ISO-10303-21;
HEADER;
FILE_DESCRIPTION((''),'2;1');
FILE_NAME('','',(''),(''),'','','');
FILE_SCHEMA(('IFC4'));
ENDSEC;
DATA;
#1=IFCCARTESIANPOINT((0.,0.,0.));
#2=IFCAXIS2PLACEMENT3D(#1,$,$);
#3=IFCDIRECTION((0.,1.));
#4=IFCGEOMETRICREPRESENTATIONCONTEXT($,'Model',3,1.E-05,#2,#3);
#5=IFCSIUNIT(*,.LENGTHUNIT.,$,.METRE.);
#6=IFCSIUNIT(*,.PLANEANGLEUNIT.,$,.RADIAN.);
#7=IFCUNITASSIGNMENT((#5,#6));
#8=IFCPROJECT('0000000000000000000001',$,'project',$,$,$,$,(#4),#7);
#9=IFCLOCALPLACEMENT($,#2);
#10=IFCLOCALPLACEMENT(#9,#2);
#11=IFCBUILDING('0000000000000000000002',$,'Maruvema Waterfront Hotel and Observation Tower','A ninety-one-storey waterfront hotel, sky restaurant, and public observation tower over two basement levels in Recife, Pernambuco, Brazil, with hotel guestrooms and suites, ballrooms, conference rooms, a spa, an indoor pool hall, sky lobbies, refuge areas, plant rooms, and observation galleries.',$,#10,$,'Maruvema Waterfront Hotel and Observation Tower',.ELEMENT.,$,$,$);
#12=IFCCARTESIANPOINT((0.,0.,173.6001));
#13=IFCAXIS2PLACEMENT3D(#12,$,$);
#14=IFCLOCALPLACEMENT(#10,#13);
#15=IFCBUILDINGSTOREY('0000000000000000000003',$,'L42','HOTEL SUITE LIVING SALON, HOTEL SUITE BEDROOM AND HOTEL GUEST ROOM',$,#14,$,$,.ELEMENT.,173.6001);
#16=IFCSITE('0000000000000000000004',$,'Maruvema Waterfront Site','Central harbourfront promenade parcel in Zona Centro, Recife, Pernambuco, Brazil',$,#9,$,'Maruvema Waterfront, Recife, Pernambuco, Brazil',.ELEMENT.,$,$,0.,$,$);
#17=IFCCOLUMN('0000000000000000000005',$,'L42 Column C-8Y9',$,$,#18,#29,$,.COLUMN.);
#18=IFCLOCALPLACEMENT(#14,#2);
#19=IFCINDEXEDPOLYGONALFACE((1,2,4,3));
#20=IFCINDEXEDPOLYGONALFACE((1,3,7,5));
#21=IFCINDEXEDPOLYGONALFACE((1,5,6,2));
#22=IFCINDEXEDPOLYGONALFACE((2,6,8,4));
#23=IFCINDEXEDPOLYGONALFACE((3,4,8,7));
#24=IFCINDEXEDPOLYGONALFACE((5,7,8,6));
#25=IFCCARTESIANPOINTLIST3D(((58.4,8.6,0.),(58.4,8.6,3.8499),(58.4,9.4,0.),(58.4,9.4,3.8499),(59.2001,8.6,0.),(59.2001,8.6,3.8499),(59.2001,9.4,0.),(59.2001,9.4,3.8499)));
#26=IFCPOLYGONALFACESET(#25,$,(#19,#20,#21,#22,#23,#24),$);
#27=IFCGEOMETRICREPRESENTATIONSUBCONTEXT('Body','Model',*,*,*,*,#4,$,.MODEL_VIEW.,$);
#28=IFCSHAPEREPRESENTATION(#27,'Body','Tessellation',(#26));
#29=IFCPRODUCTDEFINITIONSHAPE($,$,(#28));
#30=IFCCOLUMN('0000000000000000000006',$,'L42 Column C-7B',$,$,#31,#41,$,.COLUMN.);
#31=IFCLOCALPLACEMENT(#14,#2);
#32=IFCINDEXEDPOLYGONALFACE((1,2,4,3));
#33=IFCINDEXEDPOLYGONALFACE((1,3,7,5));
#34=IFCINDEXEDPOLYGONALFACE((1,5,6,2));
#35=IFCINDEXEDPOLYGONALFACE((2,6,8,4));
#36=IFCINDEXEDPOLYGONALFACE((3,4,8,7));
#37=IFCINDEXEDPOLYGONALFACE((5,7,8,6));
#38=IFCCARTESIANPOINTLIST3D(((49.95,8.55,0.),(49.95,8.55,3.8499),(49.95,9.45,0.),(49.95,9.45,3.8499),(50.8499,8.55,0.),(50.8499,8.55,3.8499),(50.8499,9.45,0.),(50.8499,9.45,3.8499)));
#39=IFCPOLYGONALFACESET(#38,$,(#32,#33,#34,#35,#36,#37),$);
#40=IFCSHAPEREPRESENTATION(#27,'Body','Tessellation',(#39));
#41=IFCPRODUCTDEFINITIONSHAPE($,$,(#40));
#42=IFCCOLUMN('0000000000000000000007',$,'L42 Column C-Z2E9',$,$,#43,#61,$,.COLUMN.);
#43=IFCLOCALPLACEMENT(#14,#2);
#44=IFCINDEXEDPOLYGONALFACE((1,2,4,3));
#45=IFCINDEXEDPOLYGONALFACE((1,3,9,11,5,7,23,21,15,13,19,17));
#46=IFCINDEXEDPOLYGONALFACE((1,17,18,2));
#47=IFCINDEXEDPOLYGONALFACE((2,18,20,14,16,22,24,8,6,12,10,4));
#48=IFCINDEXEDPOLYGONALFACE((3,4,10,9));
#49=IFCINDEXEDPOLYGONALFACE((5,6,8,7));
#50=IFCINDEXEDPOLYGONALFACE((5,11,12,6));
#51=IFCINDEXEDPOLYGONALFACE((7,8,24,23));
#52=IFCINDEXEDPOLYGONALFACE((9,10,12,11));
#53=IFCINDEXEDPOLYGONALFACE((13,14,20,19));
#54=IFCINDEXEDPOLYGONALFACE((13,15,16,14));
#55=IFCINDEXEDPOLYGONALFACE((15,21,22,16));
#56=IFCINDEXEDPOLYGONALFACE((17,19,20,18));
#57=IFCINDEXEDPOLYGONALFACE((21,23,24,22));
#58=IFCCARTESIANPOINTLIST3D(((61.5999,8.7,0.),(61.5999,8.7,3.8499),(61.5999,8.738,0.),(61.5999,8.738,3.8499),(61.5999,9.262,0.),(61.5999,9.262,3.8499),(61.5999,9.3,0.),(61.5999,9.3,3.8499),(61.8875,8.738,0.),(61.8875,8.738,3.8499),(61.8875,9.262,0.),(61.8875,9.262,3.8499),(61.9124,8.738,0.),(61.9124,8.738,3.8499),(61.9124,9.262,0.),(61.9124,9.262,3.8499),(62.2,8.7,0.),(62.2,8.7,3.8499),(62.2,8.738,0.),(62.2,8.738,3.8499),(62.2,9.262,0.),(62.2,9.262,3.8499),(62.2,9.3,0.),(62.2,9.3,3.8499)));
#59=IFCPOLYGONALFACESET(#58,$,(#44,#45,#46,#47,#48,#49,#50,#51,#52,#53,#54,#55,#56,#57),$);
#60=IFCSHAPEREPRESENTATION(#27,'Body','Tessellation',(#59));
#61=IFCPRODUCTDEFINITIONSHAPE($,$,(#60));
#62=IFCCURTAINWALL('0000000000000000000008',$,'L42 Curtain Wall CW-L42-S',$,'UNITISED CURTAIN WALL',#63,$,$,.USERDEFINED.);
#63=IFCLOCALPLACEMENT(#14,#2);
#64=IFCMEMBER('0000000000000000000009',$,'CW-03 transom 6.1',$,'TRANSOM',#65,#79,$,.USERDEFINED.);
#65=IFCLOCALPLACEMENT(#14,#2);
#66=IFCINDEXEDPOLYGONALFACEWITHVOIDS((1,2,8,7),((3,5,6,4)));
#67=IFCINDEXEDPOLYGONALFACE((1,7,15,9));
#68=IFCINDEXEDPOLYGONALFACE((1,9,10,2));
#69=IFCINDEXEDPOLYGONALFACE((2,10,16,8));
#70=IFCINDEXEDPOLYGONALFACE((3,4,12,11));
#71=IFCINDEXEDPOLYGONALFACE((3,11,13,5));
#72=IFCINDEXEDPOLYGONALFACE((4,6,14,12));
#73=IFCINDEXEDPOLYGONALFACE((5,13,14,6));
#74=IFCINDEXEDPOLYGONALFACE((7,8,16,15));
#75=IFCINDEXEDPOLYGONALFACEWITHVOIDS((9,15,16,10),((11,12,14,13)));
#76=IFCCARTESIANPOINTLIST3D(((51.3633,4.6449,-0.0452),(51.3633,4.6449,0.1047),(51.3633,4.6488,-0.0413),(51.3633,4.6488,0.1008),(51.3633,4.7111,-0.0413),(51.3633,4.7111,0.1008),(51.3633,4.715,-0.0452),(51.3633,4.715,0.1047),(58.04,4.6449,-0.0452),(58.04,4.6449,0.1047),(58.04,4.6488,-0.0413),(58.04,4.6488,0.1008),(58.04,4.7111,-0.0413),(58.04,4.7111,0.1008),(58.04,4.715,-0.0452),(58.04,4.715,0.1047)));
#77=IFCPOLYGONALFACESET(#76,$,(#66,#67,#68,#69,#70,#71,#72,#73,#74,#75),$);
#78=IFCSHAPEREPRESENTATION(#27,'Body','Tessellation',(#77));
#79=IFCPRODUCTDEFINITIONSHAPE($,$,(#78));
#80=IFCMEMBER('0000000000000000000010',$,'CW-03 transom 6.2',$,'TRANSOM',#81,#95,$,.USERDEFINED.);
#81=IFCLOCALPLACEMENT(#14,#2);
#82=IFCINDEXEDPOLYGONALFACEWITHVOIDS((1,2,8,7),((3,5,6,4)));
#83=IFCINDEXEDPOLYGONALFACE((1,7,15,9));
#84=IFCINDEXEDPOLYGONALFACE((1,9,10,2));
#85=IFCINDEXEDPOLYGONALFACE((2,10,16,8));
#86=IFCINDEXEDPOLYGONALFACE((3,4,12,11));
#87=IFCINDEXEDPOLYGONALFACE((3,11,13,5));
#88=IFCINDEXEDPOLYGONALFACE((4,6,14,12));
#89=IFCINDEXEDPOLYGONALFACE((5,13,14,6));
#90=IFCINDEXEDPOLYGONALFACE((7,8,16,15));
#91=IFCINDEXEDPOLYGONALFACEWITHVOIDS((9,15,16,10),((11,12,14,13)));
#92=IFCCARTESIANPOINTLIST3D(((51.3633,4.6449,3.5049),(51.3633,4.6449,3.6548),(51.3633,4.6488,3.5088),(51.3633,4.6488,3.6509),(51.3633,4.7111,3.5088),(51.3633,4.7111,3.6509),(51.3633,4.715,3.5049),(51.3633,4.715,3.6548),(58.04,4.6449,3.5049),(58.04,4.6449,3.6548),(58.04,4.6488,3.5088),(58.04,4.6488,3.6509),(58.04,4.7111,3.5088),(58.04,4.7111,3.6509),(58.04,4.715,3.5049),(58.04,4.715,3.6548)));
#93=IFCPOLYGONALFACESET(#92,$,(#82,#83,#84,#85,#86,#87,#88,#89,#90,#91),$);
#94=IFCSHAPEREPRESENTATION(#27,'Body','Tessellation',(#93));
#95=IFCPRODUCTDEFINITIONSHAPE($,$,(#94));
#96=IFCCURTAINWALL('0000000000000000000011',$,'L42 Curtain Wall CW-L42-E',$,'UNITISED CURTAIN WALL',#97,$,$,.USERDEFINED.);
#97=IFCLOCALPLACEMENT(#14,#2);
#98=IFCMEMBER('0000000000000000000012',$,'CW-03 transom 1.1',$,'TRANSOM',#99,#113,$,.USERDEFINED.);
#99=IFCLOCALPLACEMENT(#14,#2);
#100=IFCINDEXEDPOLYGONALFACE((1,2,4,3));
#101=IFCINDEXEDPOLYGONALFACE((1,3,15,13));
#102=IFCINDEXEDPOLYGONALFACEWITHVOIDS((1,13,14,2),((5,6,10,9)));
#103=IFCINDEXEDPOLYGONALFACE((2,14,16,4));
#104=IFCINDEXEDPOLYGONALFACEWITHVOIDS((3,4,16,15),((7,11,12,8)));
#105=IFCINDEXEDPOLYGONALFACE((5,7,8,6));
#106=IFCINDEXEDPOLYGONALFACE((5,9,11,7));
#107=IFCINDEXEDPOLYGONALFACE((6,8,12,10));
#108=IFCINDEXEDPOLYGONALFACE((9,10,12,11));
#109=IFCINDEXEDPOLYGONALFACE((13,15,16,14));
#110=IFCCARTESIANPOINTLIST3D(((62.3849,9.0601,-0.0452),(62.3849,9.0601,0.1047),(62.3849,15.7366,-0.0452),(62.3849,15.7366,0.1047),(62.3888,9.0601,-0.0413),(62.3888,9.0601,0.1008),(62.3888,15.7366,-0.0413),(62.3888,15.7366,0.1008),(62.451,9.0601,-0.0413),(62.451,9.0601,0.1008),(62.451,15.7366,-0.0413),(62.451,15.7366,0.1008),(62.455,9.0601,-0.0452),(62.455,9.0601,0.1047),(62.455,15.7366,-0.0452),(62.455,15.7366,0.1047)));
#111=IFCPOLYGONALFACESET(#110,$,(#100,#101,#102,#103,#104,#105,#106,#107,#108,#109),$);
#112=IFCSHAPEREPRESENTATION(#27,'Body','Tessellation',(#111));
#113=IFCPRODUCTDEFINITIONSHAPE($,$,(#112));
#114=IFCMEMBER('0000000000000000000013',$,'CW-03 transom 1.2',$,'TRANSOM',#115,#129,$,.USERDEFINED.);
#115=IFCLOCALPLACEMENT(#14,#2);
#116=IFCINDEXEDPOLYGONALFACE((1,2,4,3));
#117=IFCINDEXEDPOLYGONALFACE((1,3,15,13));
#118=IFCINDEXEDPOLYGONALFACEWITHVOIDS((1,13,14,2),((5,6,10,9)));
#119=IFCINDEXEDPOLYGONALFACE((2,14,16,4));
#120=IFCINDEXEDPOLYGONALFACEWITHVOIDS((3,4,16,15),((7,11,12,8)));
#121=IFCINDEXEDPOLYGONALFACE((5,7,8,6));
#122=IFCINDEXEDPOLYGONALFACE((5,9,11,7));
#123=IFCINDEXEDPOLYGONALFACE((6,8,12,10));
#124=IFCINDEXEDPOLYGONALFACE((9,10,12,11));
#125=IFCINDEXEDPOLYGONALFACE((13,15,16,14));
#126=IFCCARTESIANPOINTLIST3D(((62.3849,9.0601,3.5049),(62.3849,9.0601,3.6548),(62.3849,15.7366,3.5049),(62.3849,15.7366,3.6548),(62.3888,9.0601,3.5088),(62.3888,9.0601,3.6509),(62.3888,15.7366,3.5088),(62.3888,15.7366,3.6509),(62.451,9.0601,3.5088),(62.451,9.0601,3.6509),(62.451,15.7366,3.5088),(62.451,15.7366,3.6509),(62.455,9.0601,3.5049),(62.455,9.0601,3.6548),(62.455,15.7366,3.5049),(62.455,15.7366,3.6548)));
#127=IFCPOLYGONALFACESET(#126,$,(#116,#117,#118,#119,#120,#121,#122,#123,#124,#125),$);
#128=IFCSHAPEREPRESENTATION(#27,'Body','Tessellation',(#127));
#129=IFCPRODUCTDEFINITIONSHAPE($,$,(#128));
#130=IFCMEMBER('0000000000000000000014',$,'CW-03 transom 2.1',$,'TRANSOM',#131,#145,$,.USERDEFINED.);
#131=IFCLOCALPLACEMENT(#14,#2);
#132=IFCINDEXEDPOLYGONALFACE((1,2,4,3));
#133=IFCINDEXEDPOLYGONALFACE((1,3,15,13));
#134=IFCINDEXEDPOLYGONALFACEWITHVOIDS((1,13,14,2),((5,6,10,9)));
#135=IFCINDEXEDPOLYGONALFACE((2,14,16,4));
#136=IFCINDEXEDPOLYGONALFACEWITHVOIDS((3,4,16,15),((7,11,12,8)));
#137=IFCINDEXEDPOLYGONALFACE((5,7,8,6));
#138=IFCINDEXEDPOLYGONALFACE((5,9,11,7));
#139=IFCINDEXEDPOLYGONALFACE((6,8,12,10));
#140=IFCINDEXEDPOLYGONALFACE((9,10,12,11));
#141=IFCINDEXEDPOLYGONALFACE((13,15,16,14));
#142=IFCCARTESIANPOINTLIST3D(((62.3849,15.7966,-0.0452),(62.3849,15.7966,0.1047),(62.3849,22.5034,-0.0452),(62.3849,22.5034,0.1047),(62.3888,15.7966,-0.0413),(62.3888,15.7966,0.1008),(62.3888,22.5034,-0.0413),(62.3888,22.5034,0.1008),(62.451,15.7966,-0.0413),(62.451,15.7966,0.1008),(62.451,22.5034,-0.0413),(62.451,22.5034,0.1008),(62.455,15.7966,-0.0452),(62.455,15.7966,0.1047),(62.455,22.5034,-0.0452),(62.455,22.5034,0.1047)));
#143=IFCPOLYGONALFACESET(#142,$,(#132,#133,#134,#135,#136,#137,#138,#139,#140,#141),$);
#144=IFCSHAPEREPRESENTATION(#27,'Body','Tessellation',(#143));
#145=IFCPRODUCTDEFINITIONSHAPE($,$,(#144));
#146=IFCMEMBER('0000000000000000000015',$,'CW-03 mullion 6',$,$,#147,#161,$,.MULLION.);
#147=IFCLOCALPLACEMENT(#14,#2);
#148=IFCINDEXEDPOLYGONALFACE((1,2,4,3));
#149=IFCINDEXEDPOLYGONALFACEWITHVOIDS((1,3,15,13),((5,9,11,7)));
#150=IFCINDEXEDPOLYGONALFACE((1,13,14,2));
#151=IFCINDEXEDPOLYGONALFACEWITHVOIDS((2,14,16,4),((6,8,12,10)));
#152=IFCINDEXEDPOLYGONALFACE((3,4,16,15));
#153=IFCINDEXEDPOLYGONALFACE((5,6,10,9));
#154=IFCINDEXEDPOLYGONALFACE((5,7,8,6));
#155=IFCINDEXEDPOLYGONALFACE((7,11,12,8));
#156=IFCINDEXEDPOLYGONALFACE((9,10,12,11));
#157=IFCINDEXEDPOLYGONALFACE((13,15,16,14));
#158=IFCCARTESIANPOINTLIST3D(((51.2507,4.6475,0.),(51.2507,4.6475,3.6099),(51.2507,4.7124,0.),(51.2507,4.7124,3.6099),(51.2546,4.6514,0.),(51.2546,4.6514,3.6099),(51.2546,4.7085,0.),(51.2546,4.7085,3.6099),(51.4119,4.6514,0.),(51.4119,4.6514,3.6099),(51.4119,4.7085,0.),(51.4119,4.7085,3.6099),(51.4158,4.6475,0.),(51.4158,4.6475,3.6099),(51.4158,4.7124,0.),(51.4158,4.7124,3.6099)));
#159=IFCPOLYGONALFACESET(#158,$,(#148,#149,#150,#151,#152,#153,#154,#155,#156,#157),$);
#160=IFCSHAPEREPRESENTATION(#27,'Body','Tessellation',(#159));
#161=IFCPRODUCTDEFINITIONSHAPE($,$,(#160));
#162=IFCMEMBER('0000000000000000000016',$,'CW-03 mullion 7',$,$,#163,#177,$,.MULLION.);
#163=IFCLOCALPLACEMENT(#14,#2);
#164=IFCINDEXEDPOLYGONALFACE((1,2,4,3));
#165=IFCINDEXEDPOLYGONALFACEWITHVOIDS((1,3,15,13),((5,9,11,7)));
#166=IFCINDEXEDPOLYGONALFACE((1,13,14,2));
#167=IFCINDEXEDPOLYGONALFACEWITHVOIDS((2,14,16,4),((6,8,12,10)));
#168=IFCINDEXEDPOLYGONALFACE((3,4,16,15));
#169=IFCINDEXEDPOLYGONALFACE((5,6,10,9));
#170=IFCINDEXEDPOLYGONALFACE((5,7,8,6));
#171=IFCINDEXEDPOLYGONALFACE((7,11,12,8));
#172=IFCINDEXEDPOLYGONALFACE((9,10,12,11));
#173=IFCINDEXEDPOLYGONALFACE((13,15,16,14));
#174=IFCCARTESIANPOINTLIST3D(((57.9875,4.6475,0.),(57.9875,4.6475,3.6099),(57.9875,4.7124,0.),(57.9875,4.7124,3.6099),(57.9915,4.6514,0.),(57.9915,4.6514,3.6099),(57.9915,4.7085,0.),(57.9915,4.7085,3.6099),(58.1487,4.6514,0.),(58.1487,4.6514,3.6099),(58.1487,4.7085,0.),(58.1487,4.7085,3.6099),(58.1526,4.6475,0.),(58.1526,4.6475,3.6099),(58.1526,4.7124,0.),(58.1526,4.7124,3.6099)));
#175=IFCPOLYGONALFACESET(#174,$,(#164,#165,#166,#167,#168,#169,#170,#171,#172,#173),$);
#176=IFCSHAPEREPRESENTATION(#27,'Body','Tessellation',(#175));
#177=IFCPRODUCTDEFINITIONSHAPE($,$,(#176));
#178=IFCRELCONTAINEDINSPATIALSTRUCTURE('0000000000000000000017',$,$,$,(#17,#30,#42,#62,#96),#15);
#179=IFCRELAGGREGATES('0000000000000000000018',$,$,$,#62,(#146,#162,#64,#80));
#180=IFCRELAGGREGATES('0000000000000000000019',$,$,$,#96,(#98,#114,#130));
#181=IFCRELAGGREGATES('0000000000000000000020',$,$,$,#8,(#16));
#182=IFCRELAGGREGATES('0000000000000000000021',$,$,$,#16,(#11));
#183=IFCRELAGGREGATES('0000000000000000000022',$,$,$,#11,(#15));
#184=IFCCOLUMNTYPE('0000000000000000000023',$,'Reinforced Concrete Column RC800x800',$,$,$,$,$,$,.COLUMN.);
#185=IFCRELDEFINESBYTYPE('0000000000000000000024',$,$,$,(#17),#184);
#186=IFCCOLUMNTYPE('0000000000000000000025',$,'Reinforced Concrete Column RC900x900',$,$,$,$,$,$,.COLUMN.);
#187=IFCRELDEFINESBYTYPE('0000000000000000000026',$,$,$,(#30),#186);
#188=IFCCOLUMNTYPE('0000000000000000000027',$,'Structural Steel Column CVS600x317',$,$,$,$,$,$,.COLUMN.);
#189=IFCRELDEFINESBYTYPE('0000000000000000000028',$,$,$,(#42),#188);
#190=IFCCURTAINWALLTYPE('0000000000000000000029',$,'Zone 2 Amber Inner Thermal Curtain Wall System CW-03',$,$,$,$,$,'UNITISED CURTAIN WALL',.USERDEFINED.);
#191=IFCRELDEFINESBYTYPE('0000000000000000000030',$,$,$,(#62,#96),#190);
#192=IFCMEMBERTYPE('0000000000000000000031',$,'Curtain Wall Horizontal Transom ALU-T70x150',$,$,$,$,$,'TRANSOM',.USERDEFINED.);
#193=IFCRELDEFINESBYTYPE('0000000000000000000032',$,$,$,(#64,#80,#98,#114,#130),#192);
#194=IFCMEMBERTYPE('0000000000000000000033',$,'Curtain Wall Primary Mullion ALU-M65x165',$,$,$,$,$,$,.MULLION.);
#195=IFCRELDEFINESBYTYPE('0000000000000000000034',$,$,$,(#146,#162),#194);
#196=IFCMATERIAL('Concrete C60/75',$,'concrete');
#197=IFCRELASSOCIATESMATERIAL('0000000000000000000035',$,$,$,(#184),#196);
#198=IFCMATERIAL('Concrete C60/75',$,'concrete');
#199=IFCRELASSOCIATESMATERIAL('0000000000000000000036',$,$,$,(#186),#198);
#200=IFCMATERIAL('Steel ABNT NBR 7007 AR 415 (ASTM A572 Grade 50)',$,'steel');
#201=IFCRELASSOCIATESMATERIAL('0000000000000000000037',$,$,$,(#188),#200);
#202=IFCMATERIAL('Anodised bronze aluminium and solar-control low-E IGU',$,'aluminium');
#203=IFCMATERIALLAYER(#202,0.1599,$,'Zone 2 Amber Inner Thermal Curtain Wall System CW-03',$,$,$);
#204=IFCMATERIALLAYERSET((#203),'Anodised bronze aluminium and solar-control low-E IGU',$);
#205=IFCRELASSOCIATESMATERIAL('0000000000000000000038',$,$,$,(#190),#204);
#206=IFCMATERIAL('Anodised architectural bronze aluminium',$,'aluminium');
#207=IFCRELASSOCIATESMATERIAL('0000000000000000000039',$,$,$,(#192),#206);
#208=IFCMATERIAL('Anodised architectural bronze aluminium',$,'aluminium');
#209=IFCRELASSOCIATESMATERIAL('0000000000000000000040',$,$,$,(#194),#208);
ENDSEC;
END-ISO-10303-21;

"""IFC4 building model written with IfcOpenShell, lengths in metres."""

from ifc_helpers import new_model, si_unit, direction, frame, origin, origin_2d, place, context, subcontext, project, spatial, rectangle, hollow_rectangle, i_section, extrude, material, layer, layer_set, material_profile, profile_set, type_object, element, aggregate, save


model = new_model("IFC4")

# Units and contexts
model_context = context("Model", 3, precision=1e-05, world=origin(), true_north=direction((0.0, 1.0)))
body_context = subcontext(model_context, "Body", "Model", "MODEL_VIEW")
ifc_project = project(units=[si_unit("LENGTHUNIT", "METRE"), si_unit("PLANEANGLEUNIT", "RADIAN")], contexts=[model_context])

# Site, building, storey
site_placement = place(None, origin())
site = spatial("IfcSite", under=ifc_project, at=site_placement, Name="Maruvema Waterfront Site", Description="Central harbourfront promenade parcel in Zona Centro, Recife, Pernambuco, Brazil", LongName="Maruvema Waterfront, Recife, Pernambuco, Brazil", CompositionType="ELEMENT", RefElevation=0.0)
building_placement = place(site_placement, origin())
building = spatial("IfcBuilding", under=site, at=building_placement, Name="Maruvema Waterfront Hotel and Observation Tower", Description="A ninety-one-storey waterfront hotel, sky restaurant, and public observation tower over two basement levels in Recife, Pernambuco, Brazil, with hotel guestrooms and suites, ballrooms, conference rooms, a spa, an indoor pool hall, sky lobbies, refuge areas, plant rooms, and observation galleries.", LongName="Maruvema Waterfront Hotel and Observation Tower", CompositionType="ELEMENT")
storey_placement = place(building_placement, frame((0.0, 0.0, 173.6001)))
storey = spatial("IfcBuildingStorey", under=building, at=storey_placement, Name="L42", Description="HOTEL SUITE LIVING SALON, HOTEL SUITE BEDROOM AND HOTEL GUEST ROOM", CompositionType="ELEMENT", Elevation=173.6001)

# Columns
ifc_material_1 = material(Name="Concrete C60/75", Category="concrete")
ifc_material_profile_1 = material_profile(ifc_material_1, rectangle(XDim=0.8, YDim=0.8, at=origin_2d()), Name="RC800x800")
ifc_profile_set_1 = profile_set([ifc_material_profile_1], Name="Concrete C60/75")
column_type_1 = type_object("IfcColumnType", Name="Reinforced Concrete Column RC800x800", PredefinedType="COLUMN", material=ifc_profile_set_1)
column_1_placement = place(storey_placement, frame((58.8, 9.0, 0.0), z_axis=(0.0, 0.0, 1.0), x_axis=(1.0, 0.0, 0.0)))
element("IfcColumn", 1, at=column_1_placement, inside=storey, type_object=column_type_1, Name="L42 Column C-8Y9", PredefinedType="COLUMN", context=body_context, shape_type="SweptSolid", body=[
    extrude(rectangle(XDim=0.8, YDim=0.8, at=origin_2d()), origin(), (0.0, 0.0, 1.0), 3.8499),
])
ifc_material_2 = material(Name="Concrete C60/75", Category="concrete")
ifc_material_profile_2 = material_profile(ifc_material_2, rectangle(XDim=0.8999, YDim=0.8999, at=origin_2d()), Name="RC900x900")
ifc_profile_set_2 = profile_set([ifc_material_profile_2], Name="Concrete C60/75")
column_type_2 = type_object("IfcColumnType", Name="Reinforced Concrete Column RC900x900", PredefinedType="COLUMN", material=ifc_profile_set_2)
column_2_placement = place(storey_placement, frame((50.3999, 9.0, 0.0), z_axis=(0.0, 0.0, 1.0), x_axis=(1.0, 0.0, 0.0)))
element("IfcColumn", 2, at=column_2_placement, inside=storey, type_object=column_type_2, Name="L42 Column C-7B", PredefinedType="COLUMN", context=body_context, shape_type="SweptSolid", body=[
    extrude(rectangle(XDim=0.8999, YDim=0.8999, at=origin_2d()), origin(), (0.0, 0.0, 1.0), 3.8499),
])
ifc_material_3 = material(Name="Steel ABNT NBR 7007 AR 415 (ASTM A572 Grade 50)", Category="steel")
ifc_material_profile_3 = material_profile(ifc_material_3, i_section(OverallWidth=0.6001, OverallDepth=0.6001, WebThickness=0.0249, FlangeThickness=0.0381, at=origin_2d()), Name="CVS600x317")
ifc_profile_set_3 = profile_set([ifc_material_profile_3], Name="Steel ABNT NBR 7007 AR 415 (ASTM A572 Grade 50)")
column_type_3 = type_object("IfcColumnType", Name="Structural Steel Column CVS600x317", PredefinedType="COLUMN", material=ifc_profile_set_3)
column_3_placement = place(storey_placement, frame((61.8999, 9.0, 0.0), z_axis=(0.0, 0.0, 1.0), x_axis=(1.0, 0.0, 0.0)))
element("IfcColumn", 3, at=column_3_placement, inside=storey, type_object=column_type_3, Name="L42 Column C-Z2E9", PredefinedType="COLUMN", context=body_context, shape_type="SweptSolid", body=[
    extrude(i_section(OverallWidth=0.6001, OverallDepth=0.6001, WebThickness=0.0249, FlangeThickness=0.0381, at=origin_2d()), origin(), (0.0, 0.0, 1.0), 3.8499),
])

# Curtain walls, members
ifc_material_4 = material(Name="Anodised bronze aluminium and solar-control low-E IGU", Category="aluminium")
ifc_layer_1 = layer(ifc_material_4, 0.1599, Name="Zone 2 Amber Inner Thermal Curtain Wall System CW-03")
ifc_layer_set_1 = layer_set([ifc_layer_1], Name="Anodised bronze aluminium and solar-control low-E IGU")
curtain_wall_type = type_object("IfcCurtainWallType", Name="Zone 2 Amber Inner Thermal Curtain Wall System CW-03", ElementType="UNITISED CURTAIN WALL", PredefinedType="USERDEFINED", material=ifc_layer_set_1)
curtain_wall_1_placement = place(storey_placement, origin())
curtain_wall_1 = element("IfcCurtainWall", 4, at=curtain_wall_1_placement, inside=storey, type_object=curtain_wall_type, Name="L42 Curtain Wall CW-L42-S", ObjectType="UNITISED CURTAIN WALL", PredefinedType="USERDEFINED")
ifc_material_5 = material(Name="Anodised architectural bronze aluminium", Category="aluminium")
ifc_material_profile_4 = material_profile(ifc_material_5, hollow_rectangle(XDim=0.0701, YDim=0.1499, WallThickness=0.0039, at=origin_2d()), Name="ALU-T70x150")
ifc_profile_set_4 = profile_set([ifc_material_profile_4], Name="Anodised architectural bronze aluminium")
member_type_1 = type_object("IfcMemberType", Name="Curtain Wall Horizontal Transom ALU-T70x150", ElementType="TRANSOM", PredefinedType="USERDEFINED", material=ifc_profile_set_4)
member_1_placement = place(storey_placement, frame((51.3633, 4.6799, 0.0298), z_axis=(1.0, 0.0, 0.0), x_axis=(0.0, 1.0, 0.0)))
member_1 = element("IfcMember", 5, at=member_1_placement, type_object=member_type_1, Name="CW-03 transom 6.1", ObjectType="TRANSOM", PredefinedType="USERDEFINED", context=body_context, shape_type="SweptSolid", body=[
    extrude(hollow_rectangle(XDim=0.0701, YDim=0.1499, WallThickness=0.0039, at=origin_2d()), origin(), (0.0, 0.0, 1.0), 6.6768),
])
member_2_placement = place(storey_placement, frame((51.3633, 4.6799, 3.5798), z_axis=(1.0, 0.0, 0.0), x_axis=(0.0, 1.0, 0.0)))
member_2 = element("IfcMember", 6, at=member_2_placement, type_object=member_type_1, Name="CW-03 transom 6.2", ObjectType="TRANSOM", PredefinedType="USERDEFINED", context=body_context, shape_type="SweptSolid", body=[
    extrude(hollow_rectangle(XDim=0.0701, YDim=0.1499, WallThickness=0.0039, at=origin_2d()), origin(), (0.0, 0.0, 1.0), 6.6768),
])
curtain_wall_2_placement = place(storey_placement, origin())
curtain_wall_2 = element("IfcCurtainWall", 7, at=curtain_wall_2_placement, inside=storey, type_object=curtain_wall_type, Name="L42 Curtain Wall CW-L42-E", ObjectType="UNITISED CURTAIN WALL", PredefinedType="USERDEFINED")
member_3_placement = place(storey_placement, frame((62.4199, 9.0601, 0.0298), z_axis=(0.0, 1.0, 0.0), x_axis=(-1.0, 0.0, 0.0)))
member_3 = element("IfcMember", 8, at=member_3_placement, type_object=member_type_1, Name="CW-03 transom 1.1", ObjectType="TRANSOM", PredefinedType="USERDEFINED", context=body_context, shape_type="SweptSolid", body=[
    extrude(hollow_rectangle(XDim=0.0701, YDim=0.1499, WallThickness=0.0039, at=origin_2d()), origin(), (0.0, 0.0, 1.0), 6.6765),
])
member_4_placement = place(storey_placement, frame((62.4199, 9.0601, 3.5798), z_axis=(0.0, 1.0, 0.0), x_axis=(-1.0, 0.0, 0.0)))
member_4 = element("IfcMember", 9, at=member_4_placement, type_object=member_type_1, Name="CW-03 transom 1.2", ObjectType="TRANSOM", PredefinedType="USERDEFINED", context=body_context, shape_type="SweptSolid", body=[
    extrude(hollow_rectangle(XDim=0.0701, YDim=0.1499, WallThickness=0.0039, at=origin_2d()), origin(), (0.0, 0.0, 1.0), 6.6765),
])
member_5_placement = place(storey_placement, frame((62.4199, 15.7966, 0.0298), z_axis=(0.0, 1.0, 0.0), x_axis=(-1.0, 0.0, 0.0)))
member_5 = element("IfcMember", 10, at=member_5_placement, type_object=member_type_1, Name="CW-03 transom 2.1", ObjectType="TRANSOM", PredefinedType="USERDEFINED", context=body_context, shape_type="SweptSolid", body=[
    extrude(hollow_rectangle(XDim=0.0701, YDim=0.1499, WallThickness=0.0039, at=origin_2d()), origin(), (0.0, 0.0, 1.0), 6.7068),
])

# Members
ifc_material_6 = material(Name="Anodised architectural bronze aluminium", Category="aluminium")
ifc_material_profile_5 = material_profile(ifc_material_6, hollow_rectangle(XDim=0.0649, YDim=0.165, WallThickness=0.0039, at=origin_2d()), Name="ALU-M65x165")
ifc_profile_set_5 = profile_set([ifc_material_profile_5], Name="Anodised architectural bronze aluminium")
member_type_2 = type_object("IfcMemberType", Name="Curtain Wall Primary Mullion ALU-M65x165", PredefinedType="MULLION", material=ifc_profile_set_5)
member_6_placement = place(storey_placement, frame((51.3333, 4.6799, 0.0), z_axis=(0.0, 0.0, 1.0), x_axis=(0.0, 1.0, 0.0)))
member_6 = element("IfcMember", 11, at=member_6_placement, type_object=member_type_2, Name="CW-03 mullion 6", PredefinedType="MULLION", context=body_context, shape_type="SweptSolid", body=[
    extrude(hollow_rectangle(XDim=0.0649, YDim=0.165, WallThickness=0.0039, at=origin_2d()), origin(), (0.0, 0.0, 1.0), 3.6099),
])
member_7_placement = place(storey_placement, frame((58.0701, 4.6799, 0.0), z_axis=(0.0, 0.0, 1.0), x_axis=(0.0, 1.0, 0.0)))
member_7 = element("IfcMember", 12, at=member_7_placement, type_object=member_type_2, Name="CW-03 mullion 7", PredefinedType="MULLION", context=body_context, shape_type="SweptSolid", body=[
    extrude(hollow_rectangle(XDim=0.0649, YDim=0.165, WallThickness=0.0039, at=origin_2d()), origin(), (0.0, 0.0, 1.0), 3.6099),
])

aggregate(curtain_wall_1, [member_6, member_7, member_1, member_2])
aggregate(curtain_wall_2, [member_3, member_4, member_5])

save(model, "model.ifc")
